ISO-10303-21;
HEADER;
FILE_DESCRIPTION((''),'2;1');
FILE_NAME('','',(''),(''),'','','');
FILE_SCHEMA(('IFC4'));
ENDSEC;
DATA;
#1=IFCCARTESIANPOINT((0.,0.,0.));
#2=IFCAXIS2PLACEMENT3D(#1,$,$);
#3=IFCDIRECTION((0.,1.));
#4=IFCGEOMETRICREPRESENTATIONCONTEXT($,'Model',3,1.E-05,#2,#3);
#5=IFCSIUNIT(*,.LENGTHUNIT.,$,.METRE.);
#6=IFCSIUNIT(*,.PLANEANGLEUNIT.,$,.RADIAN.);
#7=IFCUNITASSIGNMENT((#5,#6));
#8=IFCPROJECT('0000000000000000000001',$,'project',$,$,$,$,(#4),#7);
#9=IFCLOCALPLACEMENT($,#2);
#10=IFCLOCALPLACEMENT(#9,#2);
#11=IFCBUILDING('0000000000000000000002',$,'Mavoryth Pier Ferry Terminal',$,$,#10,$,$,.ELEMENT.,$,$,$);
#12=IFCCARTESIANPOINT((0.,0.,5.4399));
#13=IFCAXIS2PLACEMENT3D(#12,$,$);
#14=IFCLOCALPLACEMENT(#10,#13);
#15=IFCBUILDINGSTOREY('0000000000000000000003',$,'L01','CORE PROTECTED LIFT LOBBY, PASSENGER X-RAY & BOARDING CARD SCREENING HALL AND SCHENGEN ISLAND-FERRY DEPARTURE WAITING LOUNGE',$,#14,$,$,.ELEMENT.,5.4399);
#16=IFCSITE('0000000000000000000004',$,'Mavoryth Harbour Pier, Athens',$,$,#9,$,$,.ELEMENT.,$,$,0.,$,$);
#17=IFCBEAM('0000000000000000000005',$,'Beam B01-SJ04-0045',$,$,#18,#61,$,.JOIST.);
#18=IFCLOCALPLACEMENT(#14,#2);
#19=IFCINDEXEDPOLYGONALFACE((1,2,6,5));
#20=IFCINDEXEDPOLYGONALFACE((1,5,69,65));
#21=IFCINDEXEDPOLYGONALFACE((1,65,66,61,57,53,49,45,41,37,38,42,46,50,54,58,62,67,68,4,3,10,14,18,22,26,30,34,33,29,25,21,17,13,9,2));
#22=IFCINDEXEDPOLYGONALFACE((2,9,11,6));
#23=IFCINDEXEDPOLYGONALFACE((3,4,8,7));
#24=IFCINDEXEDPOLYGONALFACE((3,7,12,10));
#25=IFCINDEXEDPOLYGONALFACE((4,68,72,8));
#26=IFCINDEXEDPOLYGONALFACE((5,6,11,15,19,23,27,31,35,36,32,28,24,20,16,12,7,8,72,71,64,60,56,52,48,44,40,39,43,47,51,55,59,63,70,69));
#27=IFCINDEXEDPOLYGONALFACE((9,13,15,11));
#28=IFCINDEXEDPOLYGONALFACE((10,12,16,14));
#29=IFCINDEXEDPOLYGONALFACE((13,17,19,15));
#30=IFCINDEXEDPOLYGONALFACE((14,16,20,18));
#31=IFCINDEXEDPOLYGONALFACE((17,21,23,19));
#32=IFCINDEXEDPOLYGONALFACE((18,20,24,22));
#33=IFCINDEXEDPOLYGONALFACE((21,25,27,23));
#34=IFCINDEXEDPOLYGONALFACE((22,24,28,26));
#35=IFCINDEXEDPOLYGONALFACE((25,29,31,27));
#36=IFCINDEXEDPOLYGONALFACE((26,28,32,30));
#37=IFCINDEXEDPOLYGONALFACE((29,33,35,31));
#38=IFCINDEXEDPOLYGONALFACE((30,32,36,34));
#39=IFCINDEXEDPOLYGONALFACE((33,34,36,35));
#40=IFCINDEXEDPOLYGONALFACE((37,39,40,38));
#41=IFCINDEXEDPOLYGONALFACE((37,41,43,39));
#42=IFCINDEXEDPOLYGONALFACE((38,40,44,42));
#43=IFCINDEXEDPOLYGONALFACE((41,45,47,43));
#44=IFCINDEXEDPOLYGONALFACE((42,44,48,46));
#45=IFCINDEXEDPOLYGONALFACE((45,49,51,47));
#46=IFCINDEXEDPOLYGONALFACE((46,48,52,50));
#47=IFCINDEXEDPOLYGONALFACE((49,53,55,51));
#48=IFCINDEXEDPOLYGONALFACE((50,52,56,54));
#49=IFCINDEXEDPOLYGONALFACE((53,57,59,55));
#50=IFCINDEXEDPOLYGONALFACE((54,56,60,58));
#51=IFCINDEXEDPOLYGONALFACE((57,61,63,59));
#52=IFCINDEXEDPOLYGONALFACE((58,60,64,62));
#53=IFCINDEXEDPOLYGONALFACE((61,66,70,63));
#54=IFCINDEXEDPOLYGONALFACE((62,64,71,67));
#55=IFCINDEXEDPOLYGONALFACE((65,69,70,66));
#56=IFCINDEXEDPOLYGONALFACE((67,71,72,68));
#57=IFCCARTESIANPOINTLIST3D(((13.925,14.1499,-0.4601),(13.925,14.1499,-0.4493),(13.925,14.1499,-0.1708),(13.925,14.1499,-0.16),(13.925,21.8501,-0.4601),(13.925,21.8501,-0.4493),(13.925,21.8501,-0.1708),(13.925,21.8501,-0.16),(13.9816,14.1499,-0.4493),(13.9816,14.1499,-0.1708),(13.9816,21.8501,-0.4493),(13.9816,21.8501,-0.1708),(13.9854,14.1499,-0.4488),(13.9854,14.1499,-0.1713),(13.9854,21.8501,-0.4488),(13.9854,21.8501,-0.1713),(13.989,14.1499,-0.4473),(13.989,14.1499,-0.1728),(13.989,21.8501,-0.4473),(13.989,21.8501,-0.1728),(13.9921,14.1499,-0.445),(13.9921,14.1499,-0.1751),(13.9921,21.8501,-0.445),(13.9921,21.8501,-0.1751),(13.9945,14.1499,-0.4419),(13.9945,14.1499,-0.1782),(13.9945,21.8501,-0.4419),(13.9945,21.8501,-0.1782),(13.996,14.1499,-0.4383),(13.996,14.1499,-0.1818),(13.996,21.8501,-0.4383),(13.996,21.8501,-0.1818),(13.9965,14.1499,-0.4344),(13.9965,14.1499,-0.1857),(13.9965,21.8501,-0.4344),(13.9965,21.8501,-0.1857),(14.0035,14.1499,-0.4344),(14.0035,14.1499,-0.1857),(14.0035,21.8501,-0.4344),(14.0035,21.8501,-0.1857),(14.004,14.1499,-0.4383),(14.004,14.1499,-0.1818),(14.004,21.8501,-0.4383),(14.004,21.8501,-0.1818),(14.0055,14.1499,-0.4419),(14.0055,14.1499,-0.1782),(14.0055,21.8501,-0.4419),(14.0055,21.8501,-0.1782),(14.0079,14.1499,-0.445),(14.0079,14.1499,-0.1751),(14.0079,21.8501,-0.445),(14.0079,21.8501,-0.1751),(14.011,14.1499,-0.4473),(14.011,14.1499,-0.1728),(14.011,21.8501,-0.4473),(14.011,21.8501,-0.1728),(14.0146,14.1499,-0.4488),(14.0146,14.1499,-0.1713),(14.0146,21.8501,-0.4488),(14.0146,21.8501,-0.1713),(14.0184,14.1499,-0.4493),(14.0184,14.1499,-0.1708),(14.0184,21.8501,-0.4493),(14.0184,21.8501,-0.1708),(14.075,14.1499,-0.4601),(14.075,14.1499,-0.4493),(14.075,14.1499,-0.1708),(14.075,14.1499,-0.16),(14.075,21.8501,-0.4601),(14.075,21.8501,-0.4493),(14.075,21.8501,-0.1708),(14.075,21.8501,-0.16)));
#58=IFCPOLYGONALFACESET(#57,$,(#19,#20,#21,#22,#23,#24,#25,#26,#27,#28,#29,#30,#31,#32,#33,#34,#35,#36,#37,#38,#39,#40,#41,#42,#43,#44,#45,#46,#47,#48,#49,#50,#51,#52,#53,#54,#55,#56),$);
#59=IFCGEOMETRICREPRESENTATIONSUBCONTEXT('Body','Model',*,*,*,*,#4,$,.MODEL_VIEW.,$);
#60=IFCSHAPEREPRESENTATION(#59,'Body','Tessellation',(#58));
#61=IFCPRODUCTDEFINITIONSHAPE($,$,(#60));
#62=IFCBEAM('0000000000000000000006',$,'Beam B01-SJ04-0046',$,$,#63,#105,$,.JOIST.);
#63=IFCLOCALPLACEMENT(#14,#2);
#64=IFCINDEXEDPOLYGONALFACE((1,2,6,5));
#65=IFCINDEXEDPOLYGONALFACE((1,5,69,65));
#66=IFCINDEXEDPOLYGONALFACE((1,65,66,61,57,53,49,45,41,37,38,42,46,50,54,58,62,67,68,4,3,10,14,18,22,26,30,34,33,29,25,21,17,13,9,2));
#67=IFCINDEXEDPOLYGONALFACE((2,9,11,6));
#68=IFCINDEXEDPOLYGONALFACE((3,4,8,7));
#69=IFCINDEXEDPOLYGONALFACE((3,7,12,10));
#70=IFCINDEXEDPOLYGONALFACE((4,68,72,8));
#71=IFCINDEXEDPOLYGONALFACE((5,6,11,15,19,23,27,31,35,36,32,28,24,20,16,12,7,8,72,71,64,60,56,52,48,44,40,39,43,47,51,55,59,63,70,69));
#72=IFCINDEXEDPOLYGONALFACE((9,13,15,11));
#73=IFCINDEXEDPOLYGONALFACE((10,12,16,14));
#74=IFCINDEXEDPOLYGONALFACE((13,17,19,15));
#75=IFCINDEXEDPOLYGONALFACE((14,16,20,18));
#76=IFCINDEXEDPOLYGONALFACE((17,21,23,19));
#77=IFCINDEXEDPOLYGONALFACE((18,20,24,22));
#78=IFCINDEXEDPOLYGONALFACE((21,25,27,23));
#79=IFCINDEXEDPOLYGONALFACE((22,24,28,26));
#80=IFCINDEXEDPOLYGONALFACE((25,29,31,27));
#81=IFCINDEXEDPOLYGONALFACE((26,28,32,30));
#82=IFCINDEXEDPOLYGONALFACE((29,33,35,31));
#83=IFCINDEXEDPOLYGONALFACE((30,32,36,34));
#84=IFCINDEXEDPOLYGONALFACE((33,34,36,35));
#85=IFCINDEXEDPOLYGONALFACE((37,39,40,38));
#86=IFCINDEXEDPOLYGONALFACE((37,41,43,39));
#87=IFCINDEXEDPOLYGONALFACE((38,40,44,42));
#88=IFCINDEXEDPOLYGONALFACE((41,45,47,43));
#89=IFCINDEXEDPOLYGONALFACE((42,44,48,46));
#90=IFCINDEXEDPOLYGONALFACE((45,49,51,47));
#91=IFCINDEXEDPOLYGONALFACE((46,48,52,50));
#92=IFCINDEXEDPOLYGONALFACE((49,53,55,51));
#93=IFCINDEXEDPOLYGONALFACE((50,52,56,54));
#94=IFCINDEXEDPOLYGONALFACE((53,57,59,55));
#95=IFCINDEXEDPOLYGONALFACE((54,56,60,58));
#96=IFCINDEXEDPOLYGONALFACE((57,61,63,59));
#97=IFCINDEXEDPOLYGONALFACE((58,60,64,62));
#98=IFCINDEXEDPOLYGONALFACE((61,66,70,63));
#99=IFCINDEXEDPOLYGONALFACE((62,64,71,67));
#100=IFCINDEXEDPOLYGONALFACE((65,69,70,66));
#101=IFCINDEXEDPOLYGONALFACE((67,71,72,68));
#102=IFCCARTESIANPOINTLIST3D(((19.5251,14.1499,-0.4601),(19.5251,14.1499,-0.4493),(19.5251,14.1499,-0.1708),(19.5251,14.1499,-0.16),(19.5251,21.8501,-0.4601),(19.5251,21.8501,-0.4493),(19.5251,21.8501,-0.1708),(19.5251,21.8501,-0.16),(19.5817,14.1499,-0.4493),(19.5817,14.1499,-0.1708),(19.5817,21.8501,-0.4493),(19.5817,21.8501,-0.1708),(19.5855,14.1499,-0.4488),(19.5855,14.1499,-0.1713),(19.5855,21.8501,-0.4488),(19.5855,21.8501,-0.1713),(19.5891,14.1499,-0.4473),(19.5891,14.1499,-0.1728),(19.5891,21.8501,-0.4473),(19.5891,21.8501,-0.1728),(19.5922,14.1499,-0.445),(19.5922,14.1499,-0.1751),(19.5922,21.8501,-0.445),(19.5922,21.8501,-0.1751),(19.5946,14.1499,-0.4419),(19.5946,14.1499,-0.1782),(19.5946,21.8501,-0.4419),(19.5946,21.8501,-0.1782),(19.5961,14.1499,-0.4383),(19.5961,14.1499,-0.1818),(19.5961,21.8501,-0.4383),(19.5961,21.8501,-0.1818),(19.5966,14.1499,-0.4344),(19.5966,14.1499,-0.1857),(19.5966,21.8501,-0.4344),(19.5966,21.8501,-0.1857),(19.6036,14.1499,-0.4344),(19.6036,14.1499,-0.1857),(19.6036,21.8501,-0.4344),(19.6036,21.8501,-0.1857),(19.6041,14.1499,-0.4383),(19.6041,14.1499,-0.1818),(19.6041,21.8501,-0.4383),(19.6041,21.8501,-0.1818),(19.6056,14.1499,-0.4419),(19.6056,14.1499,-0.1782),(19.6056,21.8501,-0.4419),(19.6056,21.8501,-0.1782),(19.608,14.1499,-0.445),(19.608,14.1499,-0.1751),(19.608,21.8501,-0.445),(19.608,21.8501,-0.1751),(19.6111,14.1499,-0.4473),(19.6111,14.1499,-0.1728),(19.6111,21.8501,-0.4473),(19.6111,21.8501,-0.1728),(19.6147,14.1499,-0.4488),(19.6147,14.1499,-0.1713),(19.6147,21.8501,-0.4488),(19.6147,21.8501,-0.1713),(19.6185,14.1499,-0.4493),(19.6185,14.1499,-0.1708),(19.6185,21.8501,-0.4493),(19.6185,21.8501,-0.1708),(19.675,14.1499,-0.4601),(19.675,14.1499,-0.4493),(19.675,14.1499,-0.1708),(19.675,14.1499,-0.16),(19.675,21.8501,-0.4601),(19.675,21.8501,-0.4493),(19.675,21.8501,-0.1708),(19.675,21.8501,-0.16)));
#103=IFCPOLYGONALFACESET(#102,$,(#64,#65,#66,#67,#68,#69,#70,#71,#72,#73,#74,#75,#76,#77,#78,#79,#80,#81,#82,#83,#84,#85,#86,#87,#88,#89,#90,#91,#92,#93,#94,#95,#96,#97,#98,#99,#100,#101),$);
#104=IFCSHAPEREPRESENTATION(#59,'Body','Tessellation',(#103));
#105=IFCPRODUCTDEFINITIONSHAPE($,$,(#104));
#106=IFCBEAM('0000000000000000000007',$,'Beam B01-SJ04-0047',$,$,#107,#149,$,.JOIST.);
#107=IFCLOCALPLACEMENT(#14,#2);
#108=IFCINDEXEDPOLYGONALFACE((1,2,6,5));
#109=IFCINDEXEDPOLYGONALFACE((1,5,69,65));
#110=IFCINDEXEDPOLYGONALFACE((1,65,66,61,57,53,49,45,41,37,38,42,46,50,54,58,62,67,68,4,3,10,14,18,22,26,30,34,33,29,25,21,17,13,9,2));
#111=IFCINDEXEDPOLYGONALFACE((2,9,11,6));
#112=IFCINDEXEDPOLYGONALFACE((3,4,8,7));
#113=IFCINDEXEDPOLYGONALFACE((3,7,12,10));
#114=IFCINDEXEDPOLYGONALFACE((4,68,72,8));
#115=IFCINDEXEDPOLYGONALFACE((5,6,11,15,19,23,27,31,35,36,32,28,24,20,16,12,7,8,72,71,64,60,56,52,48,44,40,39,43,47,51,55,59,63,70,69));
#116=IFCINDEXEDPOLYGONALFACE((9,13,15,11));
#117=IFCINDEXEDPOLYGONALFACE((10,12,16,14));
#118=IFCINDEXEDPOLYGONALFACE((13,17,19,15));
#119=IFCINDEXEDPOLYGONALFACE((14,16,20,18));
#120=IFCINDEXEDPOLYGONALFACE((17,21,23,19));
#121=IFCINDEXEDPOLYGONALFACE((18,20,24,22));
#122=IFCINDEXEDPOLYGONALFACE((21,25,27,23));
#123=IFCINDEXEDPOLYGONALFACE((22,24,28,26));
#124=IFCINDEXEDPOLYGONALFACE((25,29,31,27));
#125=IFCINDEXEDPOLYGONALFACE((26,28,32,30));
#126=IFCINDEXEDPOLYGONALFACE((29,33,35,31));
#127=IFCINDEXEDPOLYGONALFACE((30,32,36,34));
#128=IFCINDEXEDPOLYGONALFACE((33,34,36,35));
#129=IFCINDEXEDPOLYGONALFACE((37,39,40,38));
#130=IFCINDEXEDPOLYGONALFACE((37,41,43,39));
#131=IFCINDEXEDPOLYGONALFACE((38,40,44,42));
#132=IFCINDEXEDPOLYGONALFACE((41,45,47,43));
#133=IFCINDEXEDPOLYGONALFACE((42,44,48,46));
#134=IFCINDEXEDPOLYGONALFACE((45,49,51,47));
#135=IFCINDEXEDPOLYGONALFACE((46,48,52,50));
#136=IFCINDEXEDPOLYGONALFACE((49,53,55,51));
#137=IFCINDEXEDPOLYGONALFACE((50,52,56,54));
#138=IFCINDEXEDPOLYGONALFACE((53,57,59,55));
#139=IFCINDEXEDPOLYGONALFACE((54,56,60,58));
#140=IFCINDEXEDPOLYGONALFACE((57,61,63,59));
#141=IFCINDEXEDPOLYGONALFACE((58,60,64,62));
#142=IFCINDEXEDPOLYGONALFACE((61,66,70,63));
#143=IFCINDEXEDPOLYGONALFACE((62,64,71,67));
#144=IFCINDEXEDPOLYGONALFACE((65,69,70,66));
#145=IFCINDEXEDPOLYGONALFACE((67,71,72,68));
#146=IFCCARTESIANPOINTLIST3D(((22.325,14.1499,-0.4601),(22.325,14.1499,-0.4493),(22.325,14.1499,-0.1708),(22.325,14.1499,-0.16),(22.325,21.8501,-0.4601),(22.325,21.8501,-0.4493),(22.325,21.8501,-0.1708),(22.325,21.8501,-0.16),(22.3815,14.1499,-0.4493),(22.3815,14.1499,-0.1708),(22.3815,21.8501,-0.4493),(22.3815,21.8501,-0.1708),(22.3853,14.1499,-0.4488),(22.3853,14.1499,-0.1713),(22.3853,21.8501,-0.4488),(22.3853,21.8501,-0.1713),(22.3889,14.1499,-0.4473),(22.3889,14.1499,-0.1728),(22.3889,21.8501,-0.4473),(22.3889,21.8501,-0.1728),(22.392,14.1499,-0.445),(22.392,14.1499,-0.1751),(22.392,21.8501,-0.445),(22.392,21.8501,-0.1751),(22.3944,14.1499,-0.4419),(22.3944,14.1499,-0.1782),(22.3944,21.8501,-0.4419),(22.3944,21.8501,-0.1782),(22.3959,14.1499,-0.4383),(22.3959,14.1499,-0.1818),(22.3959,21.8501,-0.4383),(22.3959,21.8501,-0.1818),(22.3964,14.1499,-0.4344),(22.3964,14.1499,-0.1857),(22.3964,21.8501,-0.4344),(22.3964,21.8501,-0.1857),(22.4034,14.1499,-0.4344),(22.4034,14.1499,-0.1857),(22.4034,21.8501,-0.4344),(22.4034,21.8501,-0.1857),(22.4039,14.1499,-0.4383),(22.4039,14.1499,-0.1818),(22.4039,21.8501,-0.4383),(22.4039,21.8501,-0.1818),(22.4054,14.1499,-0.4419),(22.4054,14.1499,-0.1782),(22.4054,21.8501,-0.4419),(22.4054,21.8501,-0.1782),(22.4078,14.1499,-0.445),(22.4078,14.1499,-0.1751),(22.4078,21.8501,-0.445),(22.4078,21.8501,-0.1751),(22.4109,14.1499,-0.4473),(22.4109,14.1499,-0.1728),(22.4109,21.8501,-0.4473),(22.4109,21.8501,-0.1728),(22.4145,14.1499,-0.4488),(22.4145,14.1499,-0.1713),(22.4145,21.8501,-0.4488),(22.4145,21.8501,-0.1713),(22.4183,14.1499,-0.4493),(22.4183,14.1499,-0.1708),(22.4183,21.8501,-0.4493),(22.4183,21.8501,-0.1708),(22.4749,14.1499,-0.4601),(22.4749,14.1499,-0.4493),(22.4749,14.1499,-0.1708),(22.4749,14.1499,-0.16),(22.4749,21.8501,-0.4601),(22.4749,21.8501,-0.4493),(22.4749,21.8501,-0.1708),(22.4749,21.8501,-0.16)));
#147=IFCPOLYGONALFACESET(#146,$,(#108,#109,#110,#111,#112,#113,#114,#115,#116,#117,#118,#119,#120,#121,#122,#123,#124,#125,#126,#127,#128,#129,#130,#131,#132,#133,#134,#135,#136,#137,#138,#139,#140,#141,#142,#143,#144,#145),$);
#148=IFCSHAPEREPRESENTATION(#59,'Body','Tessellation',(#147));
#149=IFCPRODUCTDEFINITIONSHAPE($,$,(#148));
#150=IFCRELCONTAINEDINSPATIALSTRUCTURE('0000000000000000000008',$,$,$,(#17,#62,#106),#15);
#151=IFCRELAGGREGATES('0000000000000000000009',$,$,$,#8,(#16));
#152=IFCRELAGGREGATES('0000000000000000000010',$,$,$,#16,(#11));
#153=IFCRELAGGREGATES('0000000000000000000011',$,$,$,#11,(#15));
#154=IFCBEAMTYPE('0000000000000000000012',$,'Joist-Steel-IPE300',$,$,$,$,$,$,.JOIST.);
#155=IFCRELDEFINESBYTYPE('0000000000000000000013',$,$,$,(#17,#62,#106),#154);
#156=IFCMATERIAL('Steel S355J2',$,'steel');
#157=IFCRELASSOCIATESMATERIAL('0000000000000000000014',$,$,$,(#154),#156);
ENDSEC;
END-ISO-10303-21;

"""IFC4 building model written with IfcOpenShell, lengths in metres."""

from ifc_helpers import new_model, si_unit, direction, frame, origin, origin_2d, place, context, subcontext, project, spatial, i_section, extrude, material, material_profile, profile_set, type_object, element, save


model = new_model("IFC4")

# Units and contexts
model_context = context("Model", 3, precision=1e-05, world=origin(), true_north=direction((0.0, 1.0)))
body_context = subcontext(model_context, "Body", "Model", "MODEL_VIEW")
ifc_project = project(units=[si_unit("LENGTHUNIT", "METRE"), si_unit("PLANEANGLEUNIT", "RADIAN")], contexts=[model_context])

# Site, building, storey
site_placement = place(None, origin())
site = spatial("IfcSite", under=ifc_project, at=site_placement, Name="Mavoryth Harbour Pier, Athens", CompositionType="ELEMENT", RefElevation=0.0)
building_placement = place(site_placement, origin())
building = spatial("IfcBuilding", under=site, at=building_placement, Name="Mavoryth Pier Ferry Terminal", CompositionType="ELEMENT")
storey_placement = place(building_placement, frame((0.0, 0.0, 5.4399)))
storey = spatial("IfcBuildingStorey", under=building, at=storey_placement, Name="L01", Description="CORE PROTECTED LIFT LOBBY, PASSENGER X-RAY & BOARDING CARD SCREENING HALL AND SCHENGEN ISLAND-FERRY DEPARTURE WAITING LOUNGE", CompositionType="ELEMENT", Elevation=5.4399)

# Beams
ifc_material_1 = material(Name="Steel S355J2", Category="steel")
ifc_material_profile_1 = material_profile(ifc_material_1, i_section(OverallWidth=0.1499, OverallDepth=0.3, WebThickness=0.0071, FlangeThickness=0.0107, FilletRadius=0.0149, at=origin_2d()), Name="IPE 300", Category="steel")
ifc_profile_set_1 = profile_set([ifc_material_profile_1], Name="Steel S355J2 - IPE 300")
beam_type_1 = type_object("IfcBeamType", Name="Joist-Steel-IPE300", PredefinedType="JOIST", material=ifc_profile_set_1)
for number, where, z_axis, x_axis, name in (
    (1, (14.0, 14.1499, -0.3101), (0.0, 1.0, 0.0), (-1.0, 0.0, 0.0), "Beam B01-SJ04-0045"),
    (2, (19.6001, 14.1499, -0.3101), (0.0, 1.0, 0.0), (-1.0, 0.0, 0.0), "Beam B01-SJ04-0046"),
    (3, (22.3999, 14.1499, -0.3101), (0.0, 1.0, 0.0), (-1.0, 0.0, 0.0), "Beam B01-SJ04-0047"),
):
    element("IfcBeam", number, at=place(storey_placement, frame(where, z_axis=z_axis, x_axis=x_axis)), inside=storey, type_object=beam_type_1, Name=name, PredefinedType="JOIST", context=body_context, shape_type="SweptSolid", body=[
        extrude(i_section(OverallWidth=0.1499, OverallDepth=0.3, WebThickness=0.0071, FlangeThickness=0.0107, FilletRadius=0.0149, at=origin_2d()), origin(), (0.0, 0.0, 1.0), 7.7002),
    ])

save(model, "model.ifc")
